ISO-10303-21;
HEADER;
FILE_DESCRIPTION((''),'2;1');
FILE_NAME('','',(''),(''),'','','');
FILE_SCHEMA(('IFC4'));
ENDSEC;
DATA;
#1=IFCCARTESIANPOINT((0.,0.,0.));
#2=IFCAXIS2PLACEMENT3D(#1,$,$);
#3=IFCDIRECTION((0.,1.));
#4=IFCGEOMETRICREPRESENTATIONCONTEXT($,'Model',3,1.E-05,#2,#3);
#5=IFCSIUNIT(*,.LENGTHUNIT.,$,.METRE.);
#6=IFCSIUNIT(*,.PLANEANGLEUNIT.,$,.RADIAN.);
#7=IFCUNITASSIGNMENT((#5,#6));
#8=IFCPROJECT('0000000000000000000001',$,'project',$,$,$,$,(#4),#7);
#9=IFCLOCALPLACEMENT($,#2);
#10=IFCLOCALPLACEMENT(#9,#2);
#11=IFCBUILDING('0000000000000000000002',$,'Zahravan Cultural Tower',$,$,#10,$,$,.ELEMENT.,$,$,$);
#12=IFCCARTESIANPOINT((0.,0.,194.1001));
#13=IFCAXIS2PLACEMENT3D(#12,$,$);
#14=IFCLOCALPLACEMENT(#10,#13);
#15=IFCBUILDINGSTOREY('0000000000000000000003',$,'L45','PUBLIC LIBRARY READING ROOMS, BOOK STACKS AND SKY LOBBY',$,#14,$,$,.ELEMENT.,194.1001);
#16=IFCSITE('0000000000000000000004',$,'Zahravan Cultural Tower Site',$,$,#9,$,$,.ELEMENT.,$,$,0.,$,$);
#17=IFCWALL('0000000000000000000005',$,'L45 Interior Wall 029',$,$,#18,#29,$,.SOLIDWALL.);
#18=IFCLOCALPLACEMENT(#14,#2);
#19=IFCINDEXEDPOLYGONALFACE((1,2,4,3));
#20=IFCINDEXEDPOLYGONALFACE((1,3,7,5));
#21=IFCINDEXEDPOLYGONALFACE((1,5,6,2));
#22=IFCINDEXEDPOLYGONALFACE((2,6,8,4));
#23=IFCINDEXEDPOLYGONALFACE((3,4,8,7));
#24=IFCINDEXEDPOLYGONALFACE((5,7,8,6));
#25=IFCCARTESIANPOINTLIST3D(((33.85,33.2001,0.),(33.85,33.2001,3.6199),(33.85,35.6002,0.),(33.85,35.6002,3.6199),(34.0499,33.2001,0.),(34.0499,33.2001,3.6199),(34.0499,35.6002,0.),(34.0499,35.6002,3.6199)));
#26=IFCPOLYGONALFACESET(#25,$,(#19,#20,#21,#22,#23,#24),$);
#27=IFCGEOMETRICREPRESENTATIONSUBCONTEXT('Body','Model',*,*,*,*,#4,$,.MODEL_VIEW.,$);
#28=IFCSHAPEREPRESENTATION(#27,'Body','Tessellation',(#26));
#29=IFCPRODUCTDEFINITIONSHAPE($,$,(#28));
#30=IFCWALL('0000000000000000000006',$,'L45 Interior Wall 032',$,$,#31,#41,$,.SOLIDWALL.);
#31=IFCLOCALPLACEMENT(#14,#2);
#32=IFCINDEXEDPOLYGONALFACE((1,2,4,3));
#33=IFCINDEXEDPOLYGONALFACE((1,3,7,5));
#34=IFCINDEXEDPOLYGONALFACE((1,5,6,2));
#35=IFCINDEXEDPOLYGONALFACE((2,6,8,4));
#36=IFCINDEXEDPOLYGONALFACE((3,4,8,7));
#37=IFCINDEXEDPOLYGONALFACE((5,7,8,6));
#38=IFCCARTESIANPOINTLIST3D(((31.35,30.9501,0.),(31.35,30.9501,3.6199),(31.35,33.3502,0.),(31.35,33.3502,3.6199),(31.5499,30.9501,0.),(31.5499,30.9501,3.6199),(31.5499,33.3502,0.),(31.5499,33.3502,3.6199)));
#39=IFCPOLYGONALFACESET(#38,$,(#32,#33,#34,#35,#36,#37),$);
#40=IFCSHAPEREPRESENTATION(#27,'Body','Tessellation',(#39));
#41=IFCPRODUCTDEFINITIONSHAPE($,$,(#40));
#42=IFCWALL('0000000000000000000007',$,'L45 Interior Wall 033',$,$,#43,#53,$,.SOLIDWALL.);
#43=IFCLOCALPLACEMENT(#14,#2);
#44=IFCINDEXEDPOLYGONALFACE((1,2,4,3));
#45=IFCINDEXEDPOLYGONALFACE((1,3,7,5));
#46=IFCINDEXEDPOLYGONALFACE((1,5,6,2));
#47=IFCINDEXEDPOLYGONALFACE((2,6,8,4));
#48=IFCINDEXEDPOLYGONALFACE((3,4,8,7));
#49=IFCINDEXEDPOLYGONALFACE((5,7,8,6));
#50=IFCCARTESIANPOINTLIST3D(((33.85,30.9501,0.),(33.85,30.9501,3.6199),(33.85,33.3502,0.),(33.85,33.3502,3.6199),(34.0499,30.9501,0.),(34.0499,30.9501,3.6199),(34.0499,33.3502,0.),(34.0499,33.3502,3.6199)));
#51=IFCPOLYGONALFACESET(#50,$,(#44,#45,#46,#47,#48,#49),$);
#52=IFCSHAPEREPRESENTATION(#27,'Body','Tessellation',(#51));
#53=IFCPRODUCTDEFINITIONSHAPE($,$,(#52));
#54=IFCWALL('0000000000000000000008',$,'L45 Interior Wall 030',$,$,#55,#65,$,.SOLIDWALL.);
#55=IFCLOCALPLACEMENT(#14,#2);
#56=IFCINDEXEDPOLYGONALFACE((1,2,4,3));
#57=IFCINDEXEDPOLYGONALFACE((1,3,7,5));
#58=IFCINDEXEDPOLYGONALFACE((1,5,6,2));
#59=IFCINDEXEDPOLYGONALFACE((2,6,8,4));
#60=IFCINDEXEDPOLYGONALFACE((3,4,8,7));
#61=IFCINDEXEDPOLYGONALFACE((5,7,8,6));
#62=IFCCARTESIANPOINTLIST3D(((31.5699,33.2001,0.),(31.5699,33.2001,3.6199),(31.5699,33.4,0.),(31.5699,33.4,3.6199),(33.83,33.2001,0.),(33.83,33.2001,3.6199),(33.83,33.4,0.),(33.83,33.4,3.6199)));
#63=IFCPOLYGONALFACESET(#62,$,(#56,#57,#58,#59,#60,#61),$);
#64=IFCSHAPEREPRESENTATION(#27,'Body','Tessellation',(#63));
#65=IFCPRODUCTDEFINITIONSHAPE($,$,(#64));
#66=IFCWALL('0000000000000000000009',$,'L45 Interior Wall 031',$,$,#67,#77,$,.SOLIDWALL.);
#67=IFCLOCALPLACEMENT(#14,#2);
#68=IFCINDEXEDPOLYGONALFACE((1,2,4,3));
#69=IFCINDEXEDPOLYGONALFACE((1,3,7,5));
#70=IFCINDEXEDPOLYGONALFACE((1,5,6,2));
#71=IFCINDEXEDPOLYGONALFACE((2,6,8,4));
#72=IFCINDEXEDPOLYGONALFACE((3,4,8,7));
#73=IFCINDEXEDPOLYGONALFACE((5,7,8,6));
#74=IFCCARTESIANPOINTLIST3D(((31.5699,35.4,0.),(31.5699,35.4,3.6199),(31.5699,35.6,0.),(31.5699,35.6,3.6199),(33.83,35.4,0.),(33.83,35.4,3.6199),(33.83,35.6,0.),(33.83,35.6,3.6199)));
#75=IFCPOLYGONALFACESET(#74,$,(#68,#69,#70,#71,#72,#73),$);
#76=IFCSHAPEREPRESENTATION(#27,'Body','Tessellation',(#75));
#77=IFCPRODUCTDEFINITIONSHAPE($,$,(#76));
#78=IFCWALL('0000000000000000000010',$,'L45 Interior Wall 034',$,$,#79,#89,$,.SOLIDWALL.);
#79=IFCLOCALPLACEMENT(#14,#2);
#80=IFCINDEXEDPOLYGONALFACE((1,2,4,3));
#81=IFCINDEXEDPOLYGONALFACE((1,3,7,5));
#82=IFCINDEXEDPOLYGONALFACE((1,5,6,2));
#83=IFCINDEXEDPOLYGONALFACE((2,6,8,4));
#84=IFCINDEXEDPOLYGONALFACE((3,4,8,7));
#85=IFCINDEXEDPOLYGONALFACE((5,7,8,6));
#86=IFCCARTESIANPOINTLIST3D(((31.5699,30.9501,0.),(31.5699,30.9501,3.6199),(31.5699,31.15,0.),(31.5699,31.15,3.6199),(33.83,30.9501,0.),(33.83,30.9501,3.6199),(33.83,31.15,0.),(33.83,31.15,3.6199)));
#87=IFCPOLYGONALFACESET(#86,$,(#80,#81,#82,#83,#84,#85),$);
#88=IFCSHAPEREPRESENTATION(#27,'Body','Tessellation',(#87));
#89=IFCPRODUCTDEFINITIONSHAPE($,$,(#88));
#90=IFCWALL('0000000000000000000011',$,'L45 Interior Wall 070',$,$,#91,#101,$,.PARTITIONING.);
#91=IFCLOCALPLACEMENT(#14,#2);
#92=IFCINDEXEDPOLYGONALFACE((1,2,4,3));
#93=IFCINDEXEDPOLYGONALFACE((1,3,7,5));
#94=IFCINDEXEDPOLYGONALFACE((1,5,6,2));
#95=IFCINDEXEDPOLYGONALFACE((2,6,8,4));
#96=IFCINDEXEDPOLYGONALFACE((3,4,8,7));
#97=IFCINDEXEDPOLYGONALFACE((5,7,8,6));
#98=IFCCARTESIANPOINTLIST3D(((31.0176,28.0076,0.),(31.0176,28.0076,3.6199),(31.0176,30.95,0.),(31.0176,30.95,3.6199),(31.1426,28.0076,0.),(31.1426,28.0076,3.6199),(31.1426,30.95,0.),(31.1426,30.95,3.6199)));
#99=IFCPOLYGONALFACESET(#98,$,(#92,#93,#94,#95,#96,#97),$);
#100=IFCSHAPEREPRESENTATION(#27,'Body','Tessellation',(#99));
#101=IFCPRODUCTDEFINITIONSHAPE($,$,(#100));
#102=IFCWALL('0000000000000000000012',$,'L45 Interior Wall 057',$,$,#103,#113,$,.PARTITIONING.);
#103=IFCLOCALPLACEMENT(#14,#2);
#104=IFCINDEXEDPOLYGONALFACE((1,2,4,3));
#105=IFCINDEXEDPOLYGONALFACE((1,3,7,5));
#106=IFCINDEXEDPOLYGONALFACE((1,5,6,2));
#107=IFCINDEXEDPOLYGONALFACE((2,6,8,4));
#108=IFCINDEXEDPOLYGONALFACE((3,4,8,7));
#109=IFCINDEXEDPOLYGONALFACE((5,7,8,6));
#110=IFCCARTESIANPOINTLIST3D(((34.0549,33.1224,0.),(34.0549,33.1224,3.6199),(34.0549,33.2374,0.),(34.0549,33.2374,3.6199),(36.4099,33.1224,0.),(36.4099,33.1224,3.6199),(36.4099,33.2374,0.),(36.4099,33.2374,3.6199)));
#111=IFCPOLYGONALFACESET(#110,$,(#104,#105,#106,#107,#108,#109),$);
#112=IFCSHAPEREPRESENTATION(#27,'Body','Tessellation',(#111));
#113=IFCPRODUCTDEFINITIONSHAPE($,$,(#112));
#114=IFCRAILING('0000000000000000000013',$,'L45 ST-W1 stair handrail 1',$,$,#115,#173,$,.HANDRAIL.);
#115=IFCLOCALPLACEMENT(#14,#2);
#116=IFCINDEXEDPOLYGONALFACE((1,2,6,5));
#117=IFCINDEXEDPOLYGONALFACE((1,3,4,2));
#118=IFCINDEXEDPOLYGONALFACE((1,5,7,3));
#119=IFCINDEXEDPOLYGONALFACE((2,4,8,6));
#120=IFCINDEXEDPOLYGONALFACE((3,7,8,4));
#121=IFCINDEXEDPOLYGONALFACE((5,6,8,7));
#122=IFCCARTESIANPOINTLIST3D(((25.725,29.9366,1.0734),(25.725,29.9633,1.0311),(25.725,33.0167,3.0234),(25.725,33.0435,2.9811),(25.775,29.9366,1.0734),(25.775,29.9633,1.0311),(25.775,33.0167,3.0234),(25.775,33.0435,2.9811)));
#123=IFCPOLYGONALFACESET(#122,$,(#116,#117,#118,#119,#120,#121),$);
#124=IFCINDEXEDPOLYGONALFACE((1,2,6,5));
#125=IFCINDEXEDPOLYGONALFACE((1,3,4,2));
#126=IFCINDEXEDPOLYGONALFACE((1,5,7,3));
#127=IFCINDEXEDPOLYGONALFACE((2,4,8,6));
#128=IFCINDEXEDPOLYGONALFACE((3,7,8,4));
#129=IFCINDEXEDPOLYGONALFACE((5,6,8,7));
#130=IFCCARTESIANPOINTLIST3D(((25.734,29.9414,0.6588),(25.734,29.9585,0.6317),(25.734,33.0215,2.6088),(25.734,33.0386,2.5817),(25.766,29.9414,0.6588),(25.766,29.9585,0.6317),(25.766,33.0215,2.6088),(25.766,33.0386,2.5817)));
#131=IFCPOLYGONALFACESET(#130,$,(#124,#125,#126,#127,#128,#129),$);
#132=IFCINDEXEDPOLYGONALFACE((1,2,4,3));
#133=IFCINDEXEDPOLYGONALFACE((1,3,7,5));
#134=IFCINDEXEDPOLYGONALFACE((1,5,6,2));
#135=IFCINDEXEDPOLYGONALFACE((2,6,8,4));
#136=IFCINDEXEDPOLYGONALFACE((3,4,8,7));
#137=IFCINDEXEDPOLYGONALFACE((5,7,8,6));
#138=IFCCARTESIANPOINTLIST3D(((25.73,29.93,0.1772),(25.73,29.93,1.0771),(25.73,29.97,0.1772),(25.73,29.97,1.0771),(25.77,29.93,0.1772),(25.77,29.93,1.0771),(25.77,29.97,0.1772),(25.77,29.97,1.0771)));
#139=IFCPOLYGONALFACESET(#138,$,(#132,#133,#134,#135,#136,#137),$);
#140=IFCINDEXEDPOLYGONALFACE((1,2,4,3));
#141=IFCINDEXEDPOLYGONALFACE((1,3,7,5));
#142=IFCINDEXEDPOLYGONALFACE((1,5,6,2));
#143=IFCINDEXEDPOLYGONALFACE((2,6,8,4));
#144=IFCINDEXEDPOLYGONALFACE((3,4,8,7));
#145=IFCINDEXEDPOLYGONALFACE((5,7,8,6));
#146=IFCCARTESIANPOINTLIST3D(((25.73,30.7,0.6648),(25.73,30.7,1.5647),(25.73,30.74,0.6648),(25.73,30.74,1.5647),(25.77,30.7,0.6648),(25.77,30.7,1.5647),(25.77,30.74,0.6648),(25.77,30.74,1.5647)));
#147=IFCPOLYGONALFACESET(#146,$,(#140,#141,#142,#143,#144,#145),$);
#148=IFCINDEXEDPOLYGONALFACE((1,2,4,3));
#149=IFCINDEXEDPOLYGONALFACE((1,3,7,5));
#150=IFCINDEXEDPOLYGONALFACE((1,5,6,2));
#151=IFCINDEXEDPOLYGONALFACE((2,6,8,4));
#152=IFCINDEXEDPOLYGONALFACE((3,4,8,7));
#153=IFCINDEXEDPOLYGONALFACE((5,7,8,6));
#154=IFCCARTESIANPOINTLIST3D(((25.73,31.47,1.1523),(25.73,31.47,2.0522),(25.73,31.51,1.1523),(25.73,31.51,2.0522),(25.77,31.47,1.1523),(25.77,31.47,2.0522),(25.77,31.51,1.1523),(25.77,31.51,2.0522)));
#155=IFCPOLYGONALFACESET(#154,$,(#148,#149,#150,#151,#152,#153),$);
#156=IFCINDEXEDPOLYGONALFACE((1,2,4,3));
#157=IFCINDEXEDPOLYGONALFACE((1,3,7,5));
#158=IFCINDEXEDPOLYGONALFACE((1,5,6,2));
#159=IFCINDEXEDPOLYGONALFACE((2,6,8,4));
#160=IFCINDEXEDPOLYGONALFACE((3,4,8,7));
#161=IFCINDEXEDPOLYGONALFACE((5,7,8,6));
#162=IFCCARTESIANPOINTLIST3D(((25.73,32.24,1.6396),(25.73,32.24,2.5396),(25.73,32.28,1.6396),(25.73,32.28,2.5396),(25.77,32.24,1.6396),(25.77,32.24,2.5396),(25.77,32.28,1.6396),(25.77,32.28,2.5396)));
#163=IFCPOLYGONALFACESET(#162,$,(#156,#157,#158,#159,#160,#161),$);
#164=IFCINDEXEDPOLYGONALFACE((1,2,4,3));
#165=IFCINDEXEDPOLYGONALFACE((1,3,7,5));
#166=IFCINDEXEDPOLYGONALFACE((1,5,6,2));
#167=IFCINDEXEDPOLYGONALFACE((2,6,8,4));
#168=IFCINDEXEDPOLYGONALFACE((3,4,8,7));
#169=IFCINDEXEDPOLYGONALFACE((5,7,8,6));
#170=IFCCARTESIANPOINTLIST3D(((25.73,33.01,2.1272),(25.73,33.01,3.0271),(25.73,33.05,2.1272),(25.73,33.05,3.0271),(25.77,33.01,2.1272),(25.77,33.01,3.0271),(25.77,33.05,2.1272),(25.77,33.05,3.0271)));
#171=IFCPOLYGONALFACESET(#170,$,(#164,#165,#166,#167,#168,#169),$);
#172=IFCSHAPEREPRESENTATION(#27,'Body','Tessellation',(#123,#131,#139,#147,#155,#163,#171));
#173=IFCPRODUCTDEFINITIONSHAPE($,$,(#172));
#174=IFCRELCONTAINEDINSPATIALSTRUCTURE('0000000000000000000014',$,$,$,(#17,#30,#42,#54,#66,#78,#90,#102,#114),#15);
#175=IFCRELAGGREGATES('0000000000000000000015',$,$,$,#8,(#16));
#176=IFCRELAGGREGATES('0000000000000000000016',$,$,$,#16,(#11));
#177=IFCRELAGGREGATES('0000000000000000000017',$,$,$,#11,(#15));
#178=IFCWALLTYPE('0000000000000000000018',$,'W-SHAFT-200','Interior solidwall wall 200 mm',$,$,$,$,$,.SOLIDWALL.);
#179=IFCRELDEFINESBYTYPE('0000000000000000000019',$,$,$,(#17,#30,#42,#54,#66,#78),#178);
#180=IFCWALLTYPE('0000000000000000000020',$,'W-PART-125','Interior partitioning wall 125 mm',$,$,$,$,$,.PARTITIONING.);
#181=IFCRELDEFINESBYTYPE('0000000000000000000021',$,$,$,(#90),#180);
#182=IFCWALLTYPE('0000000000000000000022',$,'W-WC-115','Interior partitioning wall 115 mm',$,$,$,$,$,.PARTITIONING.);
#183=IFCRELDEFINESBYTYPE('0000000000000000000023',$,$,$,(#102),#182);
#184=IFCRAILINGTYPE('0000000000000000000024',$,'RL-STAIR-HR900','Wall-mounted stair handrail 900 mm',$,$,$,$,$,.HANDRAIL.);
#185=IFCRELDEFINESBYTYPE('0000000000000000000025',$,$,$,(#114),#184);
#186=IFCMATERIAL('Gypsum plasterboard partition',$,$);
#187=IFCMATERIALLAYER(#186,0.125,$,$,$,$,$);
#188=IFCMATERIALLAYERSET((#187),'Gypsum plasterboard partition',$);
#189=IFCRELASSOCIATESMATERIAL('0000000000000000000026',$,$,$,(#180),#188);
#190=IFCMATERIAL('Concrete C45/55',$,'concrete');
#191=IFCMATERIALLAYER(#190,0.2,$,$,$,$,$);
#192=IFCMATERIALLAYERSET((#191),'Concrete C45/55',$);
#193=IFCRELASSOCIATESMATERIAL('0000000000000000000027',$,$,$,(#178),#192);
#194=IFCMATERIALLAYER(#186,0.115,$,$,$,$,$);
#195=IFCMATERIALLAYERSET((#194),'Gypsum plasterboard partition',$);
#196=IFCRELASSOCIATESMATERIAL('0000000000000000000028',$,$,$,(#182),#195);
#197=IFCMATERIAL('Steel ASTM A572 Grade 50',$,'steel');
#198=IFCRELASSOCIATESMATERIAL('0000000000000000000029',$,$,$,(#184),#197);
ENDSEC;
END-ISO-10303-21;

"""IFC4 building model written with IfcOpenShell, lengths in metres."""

from ifc_helpers import new_model, si_unit, direction, frame, frame_2d, origin, origin_2d, place, context, subcontext, project, spatial, rectangle, extrude, source, transform, mapped, material, layer, layer_set, type_object, element, save


model = new_model("IFC4")

# Units and contexts
model_context = context("Model", 3, precision=1e-05, world=origin(), true_north=direction((0.0, 1.0)))
body_context = subcontext(model_context, "Body", "Model", "MODEL_VIEW")
ifc_project = project(units=[si_unit("LENGTHUNIT", "METRE"), si_unit("PLANEANGLEUNIT", "RADIAN")], contexts=[model_context])

# Site, building, storey
site_placement = place(None, origin())
site = spatial("IfcSite", under=ifc_project, at=site_placement, Name="Zahravan Cultural Tower Site", CompositionType="ELEMENT", RefElevation=0.0)
building_placement = place(site_placement, origin())
building = spatial("IfcBuilding", under=site, at=building_placement, Name="Zahravan Cultural Tower", CompositionType="ELEMENT")
storey_placement = place(building_placement, frame((0.0, 0.0, 194.1001)))
storey = spatial("IfcBuildingStorey", under=building, at=storey_placement, Name="L45", Description="PUBLIC LIBRARY READING ROOMS, BOOK STACKS AND SKY LOBBY", CompositionType="ELEMENT", Elevation=194.1001)

# Shared definitions
ifc_material_1 = material(Name="Steel ASTM A572 Grade 50", Category="steel")
ifc_material_2 = material(Name="Gypsum plasterboard partition")
ifc_layer_1 = layer(ifc_material_2, 0.125)
ifc_layer_set_1 = layer_set([ifc_layer_1], Name="Gypsum plasterboard partition")
wall_type_1 = type_object("IfcWallType", Name="W-PART-125", Description="Interior partitioning wall 125 mm", PredefinedType="PARTITIONING", material=ifc_layer_set_1)
ifc_material_3 = material(Name="Concrete C45/55", Category="concrete")
ifc_layer_2 = layer(ifc_material_3, 0.2)
ifc_layer_set_2 = layer_set([ifc_layer_2], Name="Concrete C45/55")
wall_type_2 = type_object("IfcWallType", Name="W-SHAFT-200", Description="Interior solidwall wall 200 mm", PredefinedType="SOLIDWALL", material=ifc_layer_set_2)
ifc_layer_3 = layer(ifc_material_2, 0.115)
ifc_layer_set_3 = layer_set([ifc_layer_3], Name="Gypsum plasterboard partition")
wall_type_3 = type_object("IfcWallType", Name="W-WC-115", Description="Interior partitioning wall 115 mm", PredefinedType="PARTITIONING", material=ifc_layer_set_3)

# Walls
shared_shape_1 = source(origin(), body_context, "Body", "SweptSolid", [
    extrude(rectangle(XDim=2.4001, YDim=0.2, at=frame_2d((1.2002, 0.0))), origin(), (0.0, 0.0, 1.0), 3.6199),
])
for number, where, z_axis, x_axis, name in (
    (1, (33.95, 33.2, 0.0), (0.0, 0.0, 1.0), (0.0, 1.0, 0.0), "L45 Interior Wall 029"),
    (2, (31.45, 30.95, 0.0), (0.0, 0.0, 1.0), (0.0, 1.0, 0.0), "L45 Interior Wall 032"),
    (3, (33.95, 30.95, 0.0), (0.0, 0.0, 1.0), (0.0, 1.0, 0.0), "L45 Interior Wall 033"),
):
    element("IfcWall", number, at=place(storey_placement, frame(where, z_axis=z_axis, x_axis=x_axis)), inside=storey, type_object=wall_type_2, Name=name, PredefinedType="SOLIDWALL", context=body_context, shape_type="MappedRepresentation", body=[
        mapped(shared_shape_1, transform((0.0, 0.0, 0.0), x_axis=(1.0, 0.0, 0.0), y_axis=(0.0, 1.0, 0.0), z_axis=(0.0, 0.0, 1.0), scale=1.0)),
    ])
shared_shape_2 = source(origin(), body_context, "Body", "SweptSolid", [
    extrude(rectangle(XDim=2.26, YDim=0.2, at=frame_2d((1.1299, 0.0))), origin(), (0.0, 0.0, 1.0), 3.6199),
])
for number, where, z_axis, x_axis, name in (
    (4, (31.5701, 33.3, 0.0), (0.0, 0.0, 1.0), (1.0, 0.0, 0.0), "L45 Interior Wall 030"),
    (5, (31.5701, 35.5, 0.0), (0.0, 0.0, 1.0), (1.0, 0.0, 0.0), "L45 Interior Wall 031"),
    (6, (31.5701, 31.05, 0.0), (0.0, 0.0, 1.0), (1.0, 0.0, 0.0), "L45 Interior Wall 034"),
):
    element("IfcWall", number, at=place(storey_placement, frame(where, z_axis=z_axis, x_axis=x_axis)), inside=storey, type_object=wall_type_2, Name=name, PredefinedType="SOLIDWALL", context=body_context, shape_type="MappedRepresentation", body=[
        mapped(shared_shape_2, transform((0.0, 0.0, 0.0), x_axis=(1.0, 0.0, 0.0), y_axis=(0.0, 1.0, 0.0), z_axis=(0.0, 0.0, 1.0), scale=1.0)),
    ])
shared_shape_3 = source(origin(), body_context, "Body", "SweptSolid", [
    extrude(rectangle(XDim=2.9424, YDim=0.125, at=frame_2d((1.4712, 0.0))), origin(), (0.0, 0.0, 1.0), 3.6199),
])
wall_1_placement = place(storey_placement, frame((31.0801, 28.0076, 0.0), z_axis=(0.0, 0.0, 1.0), x_axis=(0.0, 1.0, 0.0)))
element("IfcWall", 7, at=wall_1_placement, inside=storey, type_object=wall_type_1, Name="L45 Interior Wall 070", PredefinedType="PARTITIONING", context=body_context, shape_type="MappedRepresentation", body=[
    mapped(shared_shape_3, transform((0.0, 0.0, 0.0), x_axis=(1.0, 0.0, 0.0), y_axis=(0.0, 1.0, 0.0), z_axis=(0.0, 0.0, 1.0), scale=1.0)),
])
shared_shape_4 = source(origin(), body_context, "Body", "SweptSolid", [
    extrude(rectangle(XDim=2.355, YDim=0.115, at=frame_2d((1.1775, 0.0))), origin(), (0.0, 0.0, 1.0), 3.6199),
])
wall_2_placement = place(storey_placement, frame((34.0549, 33.1799, 0.0), z_axis=(0.0, 0.0, 1.0), x_axis=(1.0, 0.0, 0.0)))
element("IfcWall", 8, at=wall_2_placement, inside=storey, type_object=wall_type_3, Name="L45 Interior Wall 057", PredefinedType="PARTITIONING", context=body_context, shape_type="MappedRepresentation", body=[
    mapped(shared_shape_4, transform((0.0, 0.0, 0.0), x_axis=(1.0, 0.0, 0.0), y_axis=(0.0, 1.0, 0.0), z_axis=(0.0, 0.0, 1.0), scale=1.0)),
])

# Railing
railing_type = type_object("IfcRailingType", Name="RL-STAIR-HR900", Description="Wall-mounted stair handrail 900 mm", PredefinedType="HANDRAIL", material=ifc_material_1)
railing_placement = place(storey_placement, frame((25.75, 29.95, 0.1772)))
element("IfcRailing", 9, at=railing_placement, inside=storey, type_object=railing_type, Name="L45 ST-W1 stair handrail 1", PredefinedType="HANDRAIL", context=body_context, shape_type="SweptSolid", body=[
    extrude(rectangle(XDim=0.05, YDim=0.05, at=origin_2d()), frame((0.0, 0.0, 0.875), z_axis=(0.0, 0.844914, 0.534902), x_axis=(-1.0, 0.0, 0.0)), (0.0, 0.0, 1.0), 3.6455),
    extrude(rectangle(XDim=0.032, YDim=0.032, at=origin_2d()), frame((0.0, 0.0, 0.468), z_axis=(0.0, 0.844914, 0.534902), x_axis=(-1.0, 0.0, 0.0)), (0.0, 0.0, 1.0), 3.6455),
    extrude(rectangle(XDim=0.04, YDim=0.04, at=origin_2d()), origin(), (0.0, 0.0, 1.0), 0.8999),
    extrude(rectangle(XDim=0.04, YDim=0.04, at=origin_2d()), frame((0.0, 0.77, 0.4875)), (0.0, 0.0, 1.0), 0.8999),
    extrude(rectangle(XDim=0.04, YDim=0.04, at=origin_2d()), frame((0.0, 1.54, 0.9751)), (0.0, 0.0, 1.0), 0.8999),
    extrude(rectangle(XDim=0.04, YDim=0.04, at=origin_2d()), frame((0.0, 2.3101, 1.4624)), (0.0, 0.0, 1.0), 0.8999),
    extrude(rectangle(XDim=0.04, YDim=0.04, at=origin_2d()), frame((0.0, 3.0801, 1.95)), (0.0, 0.0, 1.0), 0.8999),
])

save(model, "model.ifc")
